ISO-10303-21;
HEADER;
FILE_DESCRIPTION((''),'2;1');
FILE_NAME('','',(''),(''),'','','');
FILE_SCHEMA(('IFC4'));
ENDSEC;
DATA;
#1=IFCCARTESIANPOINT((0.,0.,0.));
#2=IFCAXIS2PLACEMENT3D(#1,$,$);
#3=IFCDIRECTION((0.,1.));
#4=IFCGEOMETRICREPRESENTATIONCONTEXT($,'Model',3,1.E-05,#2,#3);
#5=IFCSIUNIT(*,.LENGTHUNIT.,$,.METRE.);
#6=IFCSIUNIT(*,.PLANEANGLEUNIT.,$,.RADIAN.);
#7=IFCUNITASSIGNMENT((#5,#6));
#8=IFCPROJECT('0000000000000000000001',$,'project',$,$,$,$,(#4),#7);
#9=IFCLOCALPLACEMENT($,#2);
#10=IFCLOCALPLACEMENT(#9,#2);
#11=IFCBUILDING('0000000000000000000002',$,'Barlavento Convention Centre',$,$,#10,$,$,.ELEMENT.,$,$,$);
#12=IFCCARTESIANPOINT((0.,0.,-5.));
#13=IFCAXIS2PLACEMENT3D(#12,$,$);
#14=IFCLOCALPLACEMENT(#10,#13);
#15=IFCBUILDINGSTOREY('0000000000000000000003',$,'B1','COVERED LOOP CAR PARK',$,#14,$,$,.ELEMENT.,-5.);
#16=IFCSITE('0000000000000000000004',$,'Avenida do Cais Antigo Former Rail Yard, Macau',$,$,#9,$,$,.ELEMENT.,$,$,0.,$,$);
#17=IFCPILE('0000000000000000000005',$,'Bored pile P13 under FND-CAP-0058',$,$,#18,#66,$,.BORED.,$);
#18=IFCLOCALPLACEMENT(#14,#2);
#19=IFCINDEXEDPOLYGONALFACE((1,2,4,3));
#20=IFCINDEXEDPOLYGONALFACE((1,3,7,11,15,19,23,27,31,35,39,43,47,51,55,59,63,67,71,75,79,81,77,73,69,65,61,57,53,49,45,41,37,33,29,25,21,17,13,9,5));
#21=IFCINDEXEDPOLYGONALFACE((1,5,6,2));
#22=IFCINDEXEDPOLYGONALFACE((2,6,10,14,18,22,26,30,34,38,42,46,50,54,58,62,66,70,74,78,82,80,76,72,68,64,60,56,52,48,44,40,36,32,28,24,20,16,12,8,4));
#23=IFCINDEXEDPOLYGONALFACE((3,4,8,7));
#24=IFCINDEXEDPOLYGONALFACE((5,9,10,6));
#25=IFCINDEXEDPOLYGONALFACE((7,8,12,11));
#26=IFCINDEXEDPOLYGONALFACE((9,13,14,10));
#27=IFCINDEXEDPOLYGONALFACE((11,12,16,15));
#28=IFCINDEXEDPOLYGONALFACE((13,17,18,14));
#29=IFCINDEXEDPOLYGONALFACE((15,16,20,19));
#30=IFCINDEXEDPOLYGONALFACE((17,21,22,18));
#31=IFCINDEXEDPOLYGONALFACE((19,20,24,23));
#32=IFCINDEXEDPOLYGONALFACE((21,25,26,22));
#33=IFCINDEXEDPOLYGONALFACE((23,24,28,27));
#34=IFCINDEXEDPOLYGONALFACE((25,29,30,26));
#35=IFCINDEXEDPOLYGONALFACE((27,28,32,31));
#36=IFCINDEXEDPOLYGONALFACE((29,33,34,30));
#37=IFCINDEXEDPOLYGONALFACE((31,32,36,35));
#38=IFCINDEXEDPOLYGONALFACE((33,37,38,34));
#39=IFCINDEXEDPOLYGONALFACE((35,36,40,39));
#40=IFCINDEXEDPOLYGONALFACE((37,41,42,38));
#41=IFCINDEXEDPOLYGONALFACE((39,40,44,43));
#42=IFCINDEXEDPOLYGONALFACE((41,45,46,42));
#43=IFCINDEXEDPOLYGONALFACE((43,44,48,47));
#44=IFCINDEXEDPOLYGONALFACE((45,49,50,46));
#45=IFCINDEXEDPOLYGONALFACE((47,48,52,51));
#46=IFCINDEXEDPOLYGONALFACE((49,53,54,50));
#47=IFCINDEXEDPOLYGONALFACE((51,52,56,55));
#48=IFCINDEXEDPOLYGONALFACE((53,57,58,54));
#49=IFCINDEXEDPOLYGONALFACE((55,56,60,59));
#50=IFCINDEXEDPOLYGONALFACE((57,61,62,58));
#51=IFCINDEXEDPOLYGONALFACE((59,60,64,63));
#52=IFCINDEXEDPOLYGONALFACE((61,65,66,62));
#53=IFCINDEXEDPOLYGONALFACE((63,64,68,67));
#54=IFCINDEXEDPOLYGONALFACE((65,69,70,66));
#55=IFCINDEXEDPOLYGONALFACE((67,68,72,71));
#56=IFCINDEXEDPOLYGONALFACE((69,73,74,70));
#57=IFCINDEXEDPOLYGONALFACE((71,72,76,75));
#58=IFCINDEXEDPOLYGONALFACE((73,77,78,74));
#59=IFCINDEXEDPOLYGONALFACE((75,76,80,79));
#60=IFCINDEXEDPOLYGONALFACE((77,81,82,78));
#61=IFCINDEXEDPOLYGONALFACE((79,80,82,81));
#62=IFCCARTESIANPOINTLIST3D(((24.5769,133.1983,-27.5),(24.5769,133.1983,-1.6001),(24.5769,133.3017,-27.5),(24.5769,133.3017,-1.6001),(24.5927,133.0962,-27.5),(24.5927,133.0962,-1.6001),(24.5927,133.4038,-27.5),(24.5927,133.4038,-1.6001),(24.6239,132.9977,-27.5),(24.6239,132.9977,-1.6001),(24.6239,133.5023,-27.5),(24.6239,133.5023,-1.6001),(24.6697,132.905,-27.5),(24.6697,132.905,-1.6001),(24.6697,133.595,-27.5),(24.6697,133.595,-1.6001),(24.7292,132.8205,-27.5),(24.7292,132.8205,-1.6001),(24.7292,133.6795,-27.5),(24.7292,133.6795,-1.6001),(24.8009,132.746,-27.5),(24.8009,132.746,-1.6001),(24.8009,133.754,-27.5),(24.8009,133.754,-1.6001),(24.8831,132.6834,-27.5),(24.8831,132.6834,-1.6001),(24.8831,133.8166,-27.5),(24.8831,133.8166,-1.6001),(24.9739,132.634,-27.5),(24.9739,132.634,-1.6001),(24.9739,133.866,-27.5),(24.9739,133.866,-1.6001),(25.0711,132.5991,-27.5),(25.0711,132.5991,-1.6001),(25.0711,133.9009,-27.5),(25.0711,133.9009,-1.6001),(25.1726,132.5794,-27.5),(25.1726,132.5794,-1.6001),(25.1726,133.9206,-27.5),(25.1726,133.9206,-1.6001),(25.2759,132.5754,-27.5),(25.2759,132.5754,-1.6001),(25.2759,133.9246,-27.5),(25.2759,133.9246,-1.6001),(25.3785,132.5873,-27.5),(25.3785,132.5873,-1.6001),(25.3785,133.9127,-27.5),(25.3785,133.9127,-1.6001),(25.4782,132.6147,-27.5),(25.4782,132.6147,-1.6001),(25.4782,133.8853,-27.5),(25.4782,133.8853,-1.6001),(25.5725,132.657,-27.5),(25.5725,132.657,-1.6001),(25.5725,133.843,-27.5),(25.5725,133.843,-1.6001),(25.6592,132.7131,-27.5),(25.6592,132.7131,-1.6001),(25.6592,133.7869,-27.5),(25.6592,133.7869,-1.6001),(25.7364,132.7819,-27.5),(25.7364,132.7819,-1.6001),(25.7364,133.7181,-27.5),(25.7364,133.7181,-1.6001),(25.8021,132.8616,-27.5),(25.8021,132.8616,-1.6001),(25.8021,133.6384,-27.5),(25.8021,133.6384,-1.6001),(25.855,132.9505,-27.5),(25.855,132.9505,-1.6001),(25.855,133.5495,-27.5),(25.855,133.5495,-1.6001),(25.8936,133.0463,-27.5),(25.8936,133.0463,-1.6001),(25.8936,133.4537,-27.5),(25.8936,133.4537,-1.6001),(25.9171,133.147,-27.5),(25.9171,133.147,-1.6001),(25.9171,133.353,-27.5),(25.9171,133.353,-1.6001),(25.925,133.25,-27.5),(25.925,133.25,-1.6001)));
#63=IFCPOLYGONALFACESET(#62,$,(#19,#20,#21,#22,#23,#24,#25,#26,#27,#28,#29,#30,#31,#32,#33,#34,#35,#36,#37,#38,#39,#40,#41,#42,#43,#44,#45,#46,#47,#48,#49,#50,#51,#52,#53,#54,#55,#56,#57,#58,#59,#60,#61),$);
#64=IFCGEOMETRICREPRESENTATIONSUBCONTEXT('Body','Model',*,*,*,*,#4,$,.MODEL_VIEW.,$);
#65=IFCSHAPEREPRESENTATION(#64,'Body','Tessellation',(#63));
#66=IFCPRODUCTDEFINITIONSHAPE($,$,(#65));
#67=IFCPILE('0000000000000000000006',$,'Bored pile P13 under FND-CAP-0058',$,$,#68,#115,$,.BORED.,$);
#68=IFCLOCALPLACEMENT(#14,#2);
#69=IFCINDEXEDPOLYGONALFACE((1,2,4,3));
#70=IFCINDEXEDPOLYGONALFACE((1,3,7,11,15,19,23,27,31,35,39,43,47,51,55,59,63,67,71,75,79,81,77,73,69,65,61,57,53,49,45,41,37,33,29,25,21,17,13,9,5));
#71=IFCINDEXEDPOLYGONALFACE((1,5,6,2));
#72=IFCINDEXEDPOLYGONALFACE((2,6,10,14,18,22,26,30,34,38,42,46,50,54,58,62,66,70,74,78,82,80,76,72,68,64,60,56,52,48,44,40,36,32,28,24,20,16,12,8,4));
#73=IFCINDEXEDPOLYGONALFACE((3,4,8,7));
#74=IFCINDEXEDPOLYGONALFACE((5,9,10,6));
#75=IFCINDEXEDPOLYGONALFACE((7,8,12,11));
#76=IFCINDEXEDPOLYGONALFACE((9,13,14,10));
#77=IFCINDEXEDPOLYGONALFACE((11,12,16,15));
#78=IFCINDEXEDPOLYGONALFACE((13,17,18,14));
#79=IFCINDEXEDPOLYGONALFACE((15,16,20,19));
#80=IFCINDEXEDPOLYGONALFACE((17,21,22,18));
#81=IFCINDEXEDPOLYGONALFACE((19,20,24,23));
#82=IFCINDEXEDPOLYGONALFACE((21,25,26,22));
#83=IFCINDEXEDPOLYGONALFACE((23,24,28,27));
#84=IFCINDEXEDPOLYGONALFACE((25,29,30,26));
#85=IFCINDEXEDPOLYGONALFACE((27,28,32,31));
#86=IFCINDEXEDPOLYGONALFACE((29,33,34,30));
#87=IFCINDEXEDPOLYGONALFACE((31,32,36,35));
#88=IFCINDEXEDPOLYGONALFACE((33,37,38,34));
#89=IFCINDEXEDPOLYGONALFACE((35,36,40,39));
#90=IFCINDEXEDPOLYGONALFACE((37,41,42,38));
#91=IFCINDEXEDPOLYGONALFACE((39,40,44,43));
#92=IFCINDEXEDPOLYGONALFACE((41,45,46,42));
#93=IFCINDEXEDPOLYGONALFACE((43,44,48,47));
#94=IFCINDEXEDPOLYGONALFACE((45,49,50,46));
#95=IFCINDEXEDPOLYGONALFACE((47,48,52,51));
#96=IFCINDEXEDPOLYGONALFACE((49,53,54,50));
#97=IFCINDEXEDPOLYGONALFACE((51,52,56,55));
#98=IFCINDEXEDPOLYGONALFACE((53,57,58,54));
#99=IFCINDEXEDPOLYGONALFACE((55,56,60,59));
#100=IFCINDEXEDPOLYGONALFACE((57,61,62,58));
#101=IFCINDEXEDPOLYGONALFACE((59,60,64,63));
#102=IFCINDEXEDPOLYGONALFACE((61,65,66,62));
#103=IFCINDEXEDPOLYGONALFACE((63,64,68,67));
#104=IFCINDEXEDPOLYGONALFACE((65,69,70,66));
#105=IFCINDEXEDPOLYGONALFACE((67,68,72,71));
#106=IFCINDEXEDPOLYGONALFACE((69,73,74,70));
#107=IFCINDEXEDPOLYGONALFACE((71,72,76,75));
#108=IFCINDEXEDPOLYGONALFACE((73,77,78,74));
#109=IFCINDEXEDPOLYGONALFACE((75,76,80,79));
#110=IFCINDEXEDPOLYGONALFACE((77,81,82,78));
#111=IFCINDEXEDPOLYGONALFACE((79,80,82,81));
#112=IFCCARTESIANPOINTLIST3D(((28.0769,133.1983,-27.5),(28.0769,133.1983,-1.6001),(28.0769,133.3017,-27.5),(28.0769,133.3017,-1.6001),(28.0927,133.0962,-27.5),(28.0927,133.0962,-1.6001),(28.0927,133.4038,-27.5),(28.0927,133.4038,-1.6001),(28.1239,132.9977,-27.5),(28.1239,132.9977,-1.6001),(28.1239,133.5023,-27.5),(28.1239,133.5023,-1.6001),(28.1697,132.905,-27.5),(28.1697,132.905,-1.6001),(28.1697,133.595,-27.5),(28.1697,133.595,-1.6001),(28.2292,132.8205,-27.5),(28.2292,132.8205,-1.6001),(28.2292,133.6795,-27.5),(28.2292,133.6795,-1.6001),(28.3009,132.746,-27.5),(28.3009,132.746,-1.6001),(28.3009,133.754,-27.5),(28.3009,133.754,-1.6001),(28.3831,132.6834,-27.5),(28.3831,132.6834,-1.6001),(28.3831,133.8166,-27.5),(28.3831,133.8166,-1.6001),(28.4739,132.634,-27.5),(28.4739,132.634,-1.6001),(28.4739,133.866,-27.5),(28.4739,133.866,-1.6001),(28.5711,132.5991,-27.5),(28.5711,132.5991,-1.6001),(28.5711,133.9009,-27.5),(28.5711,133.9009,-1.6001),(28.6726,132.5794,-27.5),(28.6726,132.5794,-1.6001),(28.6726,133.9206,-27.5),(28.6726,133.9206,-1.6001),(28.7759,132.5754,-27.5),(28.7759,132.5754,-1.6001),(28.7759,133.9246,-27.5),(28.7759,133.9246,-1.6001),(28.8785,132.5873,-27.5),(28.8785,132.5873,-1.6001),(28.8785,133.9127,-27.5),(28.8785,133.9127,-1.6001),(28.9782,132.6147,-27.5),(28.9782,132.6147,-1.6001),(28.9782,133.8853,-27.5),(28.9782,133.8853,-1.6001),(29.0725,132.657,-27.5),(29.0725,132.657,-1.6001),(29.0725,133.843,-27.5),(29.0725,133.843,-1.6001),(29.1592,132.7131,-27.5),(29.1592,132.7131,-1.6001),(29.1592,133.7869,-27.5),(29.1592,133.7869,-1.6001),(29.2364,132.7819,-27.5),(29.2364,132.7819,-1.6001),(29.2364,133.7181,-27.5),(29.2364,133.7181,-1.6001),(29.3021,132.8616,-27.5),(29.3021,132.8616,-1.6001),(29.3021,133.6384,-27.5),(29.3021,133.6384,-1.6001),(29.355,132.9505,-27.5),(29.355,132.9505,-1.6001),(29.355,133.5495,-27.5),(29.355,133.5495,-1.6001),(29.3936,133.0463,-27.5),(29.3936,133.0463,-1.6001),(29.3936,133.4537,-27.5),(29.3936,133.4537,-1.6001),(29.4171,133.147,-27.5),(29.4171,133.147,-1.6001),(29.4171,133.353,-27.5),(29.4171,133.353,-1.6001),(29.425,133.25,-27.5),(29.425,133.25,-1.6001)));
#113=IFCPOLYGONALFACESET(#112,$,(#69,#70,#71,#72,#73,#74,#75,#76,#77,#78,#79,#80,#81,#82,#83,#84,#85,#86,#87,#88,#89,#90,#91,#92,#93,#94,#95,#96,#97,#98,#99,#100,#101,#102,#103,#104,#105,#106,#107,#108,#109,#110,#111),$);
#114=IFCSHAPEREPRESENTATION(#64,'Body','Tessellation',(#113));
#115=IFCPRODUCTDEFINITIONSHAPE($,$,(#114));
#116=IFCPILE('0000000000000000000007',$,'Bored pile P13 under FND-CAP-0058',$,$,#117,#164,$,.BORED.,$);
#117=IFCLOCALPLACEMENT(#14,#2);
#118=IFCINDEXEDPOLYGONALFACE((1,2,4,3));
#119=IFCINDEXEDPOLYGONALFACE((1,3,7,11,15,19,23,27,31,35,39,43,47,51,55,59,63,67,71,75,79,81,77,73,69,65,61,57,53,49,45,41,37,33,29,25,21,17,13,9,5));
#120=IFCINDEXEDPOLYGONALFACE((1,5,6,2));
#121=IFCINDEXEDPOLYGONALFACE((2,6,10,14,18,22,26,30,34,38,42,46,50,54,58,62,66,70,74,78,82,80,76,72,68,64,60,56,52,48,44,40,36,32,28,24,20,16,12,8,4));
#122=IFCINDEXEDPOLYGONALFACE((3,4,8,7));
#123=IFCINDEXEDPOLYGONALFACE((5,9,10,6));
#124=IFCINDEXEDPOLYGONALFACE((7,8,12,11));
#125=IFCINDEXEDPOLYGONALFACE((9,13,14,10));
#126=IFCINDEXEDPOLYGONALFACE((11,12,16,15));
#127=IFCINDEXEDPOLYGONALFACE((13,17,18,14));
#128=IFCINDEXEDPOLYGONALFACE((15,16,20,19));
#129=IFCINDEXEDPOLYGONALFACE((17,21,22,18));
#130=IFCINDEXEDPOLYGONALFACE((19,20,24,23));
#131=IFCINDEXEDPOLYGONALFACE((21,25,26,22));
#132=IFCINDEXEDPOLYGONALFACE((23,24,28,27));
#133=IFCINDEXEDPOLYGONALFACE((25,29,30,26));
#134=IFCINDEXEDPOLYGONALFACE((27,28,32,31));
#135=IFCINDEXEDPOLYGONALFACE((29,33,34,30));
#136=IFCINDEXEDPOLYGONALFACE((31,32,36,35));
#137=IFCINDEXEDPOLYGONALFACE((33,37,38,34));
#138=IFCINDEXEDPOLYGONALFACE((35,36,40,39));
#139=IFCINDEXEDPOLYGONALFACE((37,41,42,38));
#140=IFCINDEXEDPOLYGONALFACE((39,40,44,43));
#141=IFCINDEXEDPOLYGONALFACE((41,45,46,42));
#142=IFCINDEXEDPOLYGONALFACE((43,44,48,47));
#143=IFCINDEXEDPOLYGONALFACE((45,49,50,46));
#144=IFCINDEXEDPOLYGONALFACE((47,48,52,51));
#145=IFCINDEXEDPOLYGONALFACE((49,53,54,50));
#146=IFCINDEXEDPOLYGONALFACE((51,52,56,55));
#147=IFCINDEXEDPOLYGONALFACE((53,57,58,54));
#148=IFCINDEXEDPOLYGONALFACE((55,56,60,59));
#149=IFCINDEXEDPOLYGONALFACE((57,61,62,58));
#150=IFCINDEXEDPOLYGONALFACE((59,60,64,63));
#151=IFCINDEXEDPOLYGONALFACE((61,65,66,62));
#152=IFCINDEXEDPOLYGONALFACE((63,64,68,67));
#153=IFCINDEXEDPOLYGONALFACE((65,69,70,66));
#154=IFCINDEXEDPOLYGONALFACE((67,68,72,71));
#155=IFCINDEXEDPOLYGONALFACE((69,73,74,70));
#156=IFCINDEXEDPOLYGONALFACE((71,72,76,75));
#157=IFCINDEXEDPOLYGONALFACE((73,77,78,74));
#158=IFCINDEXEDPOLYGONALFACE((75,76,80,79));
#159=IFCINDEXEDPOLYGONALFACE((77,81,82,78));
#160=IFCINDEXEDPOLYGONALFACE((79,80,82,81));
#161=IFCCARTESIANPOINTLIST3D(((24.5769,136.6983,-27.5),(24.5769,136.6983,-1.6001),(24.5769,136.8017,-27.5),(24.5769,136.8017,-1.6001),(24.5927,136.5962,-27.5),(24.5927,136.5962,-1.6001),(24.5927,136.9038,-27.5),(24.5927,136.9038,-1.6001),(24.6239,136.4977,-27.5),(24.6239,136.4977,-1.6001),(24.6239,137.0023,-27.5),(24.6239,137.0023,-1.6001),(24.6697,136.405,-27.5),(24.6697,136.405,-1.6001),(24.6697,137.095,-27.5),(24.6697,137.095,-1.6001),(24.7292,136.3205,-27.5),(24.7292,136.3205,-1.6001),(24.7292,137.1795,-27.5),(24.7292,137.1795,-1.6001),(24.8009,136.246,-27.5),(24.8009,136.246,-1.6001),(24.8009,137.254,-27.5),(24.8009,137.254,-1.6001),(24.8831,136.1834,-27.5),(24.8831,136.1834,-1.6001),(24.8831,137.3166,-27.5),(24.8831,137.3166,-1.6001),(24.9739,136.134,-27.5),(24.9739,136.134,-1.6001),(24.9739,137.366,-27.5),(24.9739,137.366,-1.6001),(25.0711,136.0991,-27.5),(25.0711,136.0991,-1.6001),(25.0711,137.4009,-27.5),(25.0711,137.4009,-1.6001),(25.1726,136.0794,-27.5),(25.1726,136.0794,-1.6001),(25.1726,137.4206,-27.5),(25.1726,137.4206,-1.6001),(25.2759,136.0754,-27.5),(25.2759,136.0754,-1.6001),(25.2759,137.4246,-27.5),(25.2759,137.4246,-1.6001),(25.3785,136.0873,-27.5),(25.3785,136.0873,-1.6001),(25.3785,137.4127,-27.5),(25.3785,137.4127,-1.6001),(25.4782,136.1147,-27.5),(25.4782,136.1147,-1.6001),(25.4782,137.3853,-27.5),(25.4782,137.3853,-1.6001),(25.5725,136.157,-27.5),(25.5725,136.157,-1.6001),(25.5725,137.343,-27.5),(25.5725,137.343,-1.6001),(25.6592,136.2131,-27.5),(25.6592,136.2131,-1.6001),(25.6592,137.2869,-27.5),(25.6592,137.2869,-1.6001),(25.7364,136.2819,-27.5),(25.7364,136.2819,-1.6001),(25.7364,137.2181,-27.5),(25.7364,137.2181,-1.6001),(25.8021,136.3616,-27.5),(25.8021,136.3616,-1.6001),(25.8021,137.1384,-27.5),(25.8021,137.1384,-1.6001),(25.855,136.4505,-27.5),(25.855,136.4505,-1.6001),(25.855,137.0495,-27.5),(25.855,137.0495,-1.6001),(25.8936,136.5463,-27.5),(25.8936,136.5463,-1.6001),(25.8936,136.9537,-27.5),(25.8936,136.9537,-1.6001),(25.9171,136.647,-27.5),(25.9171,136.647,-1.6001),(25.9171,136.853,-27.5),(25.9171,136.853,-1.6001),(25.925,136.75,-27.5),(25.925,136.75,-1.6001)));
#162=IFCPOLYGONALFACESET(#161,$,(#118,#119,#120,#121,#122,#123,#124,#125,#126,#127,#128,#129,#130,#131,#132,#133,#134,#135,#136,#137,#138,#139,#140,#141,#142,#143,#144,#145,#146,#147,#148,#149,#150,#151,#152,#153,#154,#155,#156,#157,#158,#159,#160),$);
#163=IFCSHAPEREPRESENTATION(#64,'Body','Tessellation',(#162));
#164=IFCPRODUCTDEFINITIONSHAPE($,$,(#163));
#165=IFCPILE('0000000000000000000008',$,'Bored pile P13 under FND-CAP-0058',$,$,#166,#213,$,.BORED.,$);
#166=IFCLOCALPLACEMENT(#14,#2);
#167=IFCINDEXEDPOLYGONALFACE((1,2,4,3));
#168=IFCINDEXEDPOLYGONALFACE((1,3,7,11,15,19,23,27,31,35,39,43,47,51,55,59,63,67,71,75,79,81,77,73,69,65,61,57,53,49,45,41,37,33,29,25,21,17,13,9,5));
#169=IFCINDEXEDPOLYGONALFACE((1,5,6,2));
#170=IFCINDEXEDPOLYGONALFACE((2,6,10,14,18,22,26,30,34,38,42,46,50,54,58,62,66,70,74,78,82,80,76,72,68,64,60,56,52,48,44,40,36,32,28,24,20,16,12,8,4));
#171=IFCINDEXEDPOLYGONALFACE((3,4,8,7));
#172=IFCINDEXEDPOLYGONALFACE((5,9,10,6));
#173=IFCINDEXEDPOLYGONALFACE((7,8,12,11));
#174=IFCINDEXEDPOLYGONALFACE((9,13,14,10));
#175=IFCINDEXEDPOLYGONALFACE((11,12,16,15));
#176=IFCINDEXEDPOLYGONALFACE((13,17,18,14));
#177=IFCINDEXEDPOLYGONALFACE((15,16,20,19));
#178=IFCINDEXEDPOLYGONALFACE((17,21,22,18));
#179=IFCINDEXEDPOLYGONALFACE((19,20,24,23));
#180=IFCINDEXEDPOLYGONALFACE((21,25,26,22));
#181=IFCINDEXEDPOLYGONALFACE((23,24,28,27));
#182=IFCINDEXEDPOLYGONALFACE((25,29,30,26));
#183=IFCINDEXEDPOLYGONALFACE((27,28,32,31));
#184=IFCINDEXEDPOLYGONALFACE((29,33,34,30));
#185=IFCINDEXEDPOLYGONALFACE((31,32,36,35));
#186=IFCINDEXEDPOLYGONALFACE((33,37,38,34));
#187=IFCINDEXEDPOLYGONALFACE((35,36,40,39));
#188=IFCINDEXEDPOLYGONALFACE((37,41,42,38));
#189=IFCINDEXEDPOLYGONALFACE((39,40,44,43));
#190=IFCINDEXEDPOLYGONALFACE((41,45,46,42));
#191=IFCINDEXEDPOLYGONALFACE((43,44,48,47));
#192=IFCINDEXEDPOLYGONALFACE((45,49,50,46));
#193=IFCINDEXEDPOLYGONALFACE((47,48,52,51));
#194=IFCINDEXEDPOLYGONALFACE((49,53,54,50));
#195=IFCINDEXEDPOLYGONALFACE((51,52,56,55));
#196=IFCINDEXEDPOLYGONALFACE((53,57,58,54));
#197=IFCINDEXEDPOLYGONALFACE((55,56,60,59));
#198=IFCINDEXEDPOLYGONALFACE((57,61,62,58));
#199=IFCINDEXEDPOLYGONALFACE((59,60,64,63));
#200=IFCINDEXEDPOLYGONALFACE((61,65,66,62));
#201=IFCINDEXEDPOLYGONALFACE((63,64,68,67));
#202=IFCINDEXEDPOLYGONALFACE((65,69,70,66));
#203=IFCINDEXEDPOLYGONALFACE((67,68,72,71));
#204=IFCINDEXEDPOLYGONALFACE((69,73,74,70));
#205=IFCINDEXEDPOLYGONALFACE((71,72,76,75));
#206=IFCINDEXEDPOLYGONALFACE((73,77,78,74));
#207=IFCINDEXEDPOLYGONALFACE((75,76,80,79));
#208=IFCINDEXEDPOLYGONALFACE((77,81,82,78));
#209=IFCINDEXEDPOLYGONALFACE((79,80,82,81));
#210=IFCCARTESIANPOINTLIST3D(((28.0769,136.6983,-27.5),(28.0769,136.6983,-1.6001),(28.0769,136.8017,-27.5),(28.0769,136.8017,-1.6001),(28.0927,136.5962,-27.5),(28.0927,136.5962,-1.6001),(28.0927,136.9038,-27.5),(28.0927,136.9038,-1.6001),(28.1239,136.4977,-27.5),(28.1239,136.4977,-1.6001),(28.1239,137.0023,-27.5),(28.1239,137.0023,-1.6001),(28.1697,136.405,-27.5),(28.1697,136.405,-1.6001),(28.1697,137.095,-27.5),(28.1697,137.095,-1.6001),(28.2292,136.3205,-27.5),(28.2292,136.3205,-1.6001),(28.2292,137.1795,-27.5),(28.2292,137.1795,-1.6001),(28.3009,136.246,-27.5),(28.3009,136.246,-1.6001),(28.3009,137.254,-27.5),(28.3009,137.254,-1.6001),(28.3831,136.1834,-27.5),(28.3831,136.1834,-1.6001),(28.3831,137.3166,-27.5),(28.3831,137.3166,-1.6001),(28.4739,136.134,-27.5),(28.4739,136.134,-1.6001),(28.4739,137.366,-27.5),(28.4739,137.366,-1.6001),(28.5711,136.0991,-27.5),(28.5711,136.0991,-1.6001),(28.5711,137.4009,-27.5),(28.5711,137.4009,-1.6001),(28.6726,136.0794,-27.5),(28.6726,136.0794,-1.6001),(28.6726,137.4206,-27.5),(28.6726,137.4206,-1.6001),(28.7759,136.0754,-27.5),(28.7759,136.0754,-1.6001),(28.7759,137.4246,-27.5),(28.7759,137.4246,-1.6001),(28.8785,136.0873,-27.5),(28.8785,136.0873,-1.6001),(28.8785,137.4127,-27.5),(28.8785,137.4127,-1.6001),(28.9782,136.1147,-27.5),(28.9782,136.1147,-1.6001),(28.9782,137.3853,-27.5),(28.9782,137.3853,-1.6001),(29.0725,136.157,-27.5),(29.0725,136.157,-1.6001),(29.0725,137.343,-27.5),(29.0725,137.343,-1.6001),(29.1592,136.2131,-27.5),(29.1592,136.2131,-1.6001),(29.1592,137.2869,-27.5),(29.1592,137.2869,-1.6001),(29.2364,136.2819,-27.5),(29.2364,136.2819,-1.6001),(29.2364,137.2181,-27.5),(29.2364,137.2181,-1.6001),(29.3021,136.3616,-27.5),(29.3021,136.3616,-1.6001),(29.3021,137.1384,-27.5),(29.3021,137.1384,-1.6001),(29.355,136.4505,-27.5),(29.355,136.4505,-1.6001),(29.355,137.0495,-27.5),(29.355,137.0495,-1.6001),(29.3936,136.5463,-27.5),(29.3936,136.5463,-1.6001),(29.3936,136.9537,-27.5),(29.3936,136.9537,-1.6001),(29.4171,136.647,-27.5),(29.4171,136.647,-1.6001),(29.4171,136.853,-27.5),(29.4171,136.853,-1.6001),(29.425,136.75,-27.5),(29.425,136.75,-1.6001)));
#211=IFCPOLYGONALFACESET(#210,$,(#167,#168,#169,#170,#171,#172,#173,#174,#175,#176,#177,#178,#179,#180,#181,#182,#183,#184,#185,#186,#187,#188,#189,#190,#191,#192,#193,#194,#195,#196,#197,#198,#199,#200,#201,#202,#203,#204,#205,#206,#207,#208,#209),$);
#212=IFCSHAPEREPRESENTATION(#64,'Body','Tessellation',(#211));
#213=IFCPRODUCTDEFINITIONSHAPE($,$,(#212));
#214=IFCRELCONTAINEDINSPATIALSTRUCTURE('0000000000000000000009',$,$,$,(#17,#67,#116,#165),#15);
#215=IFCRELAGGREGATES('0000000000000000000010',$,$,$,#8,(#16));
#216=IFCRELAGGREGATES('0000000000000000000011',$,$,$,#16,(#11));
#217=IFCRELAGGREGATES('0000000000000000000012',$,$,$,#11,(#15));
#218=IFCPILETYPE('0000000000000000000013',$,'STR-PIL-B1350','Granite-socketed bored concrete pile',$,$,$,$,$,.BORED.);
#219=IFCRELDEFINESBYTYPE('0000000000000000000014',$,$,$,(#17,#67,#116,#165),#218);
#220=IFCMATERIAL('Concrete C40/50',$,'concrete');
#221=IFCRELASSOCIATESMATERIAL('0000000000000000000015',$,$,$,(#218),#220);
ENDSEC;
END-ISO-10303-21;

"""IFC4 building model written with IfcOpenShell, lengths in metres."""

from ifc_helpers import new_model, si_unit, direction, frame, origin, origin_2d, place, context, subcontext, project, spatial, circle, extrude, material, material_profile, profile_set, type_object, element, save


model = new_model("IFC4")

# Units and contexts
model_context = context("Model", 3, precision=1e-05, world=origin(), true_north=direction((0.0, 1.0)))
body_context = subcontext(model_context, "Body", "Model", "MODEL_VIEW")
ifc_project = project(units=[si_unit("LENGTHUNIT", "METRE"), si_unit("PLANEANGLEUNIT", "RADIAN")], contexts=[model_context])

# Site, building, storey
site_placement = place(None, origin())
site = spatial("IfcSite", under=ifc_project, at=site_placement, Name="Avenida do Cais Antigo Former Rail Yard, Macau", CompositionType="ELEMENT", RefElevation=0.0)
building_placement = place(site_placement, origin())
building = spatial("IfcBuilding", under=site, at=building_placement, Name="Barlavento Convention Centre", CompositionType="ELEMENT")
storey_placement = place(building_placement, frame((0.0, 0.0, -5.0)))
storey = spatial("IfcBuildingStorey", under=building, at=storey_placement, Name="B1", Description="COVERED LOOP CAR PARK", CompositionType="ELEMENT", Elevation=-5.0)

# Shared definitions
ifc_material_1 = material(Name="Concrete C40/50", Category="concrete")

# Piles
ifc_material_profile_1 = material_profile(ifc_material_1, circle(Radius=0.675, at=origin_2d()), Name="BORED PILE 1350")
ifc_profile_set_1 = profile_set([ifc_material_profile_1], Name="Concrete C40/50")
pile_type_1 = type_object("IfcPileType", Name="STR-PIL-B1350", Description="Granite-socketed bored concrete pile", PredefinedType="BORED", material=ifc_profile_set_1)
for number, where, z_axis, x_axis, name in (
    (1, (25.25, 133.25, -1.6001), (0.0, 0.0, -1.0), (1.0, 0.0, 0.0), "Bored pile P13 under FND-CAP-0058"),
    (2, (28.75, 133.25, -1.6001), (0.0, 0.0, -1.0), (1.0, 0.0, 0.0), "Bored pile P13 under FND-CAP-0058"),
    (3, (25.25, 136.75, -1.6001), (0.0, 0.0, -1.0), (1.0, 0.0, 0.0), "Bored pile P13 under FND-CAP-0058"),
    (4, (28.75, 136.75, -1.6001), (0.0, 0.0, -1.0), (1.0, 0.0, 0.0), "Bored pile P13 under FND-CAP-0058"),
):
    element("IfcPile", number, at=place(storey_placement, frame(where, z_axis=z_axis, x_axis=x_axis)), inside=storey, type_object=pile_type_1, Name=name, PredefinedType="BORED", context=body_context, shape_type="SweptSolid", body=[
        extrude(circle(Radius=0.675, at=origin_2d()), origin(), (0.0, 0.0, 1.0), 25.8999),
    ])

save(model, "model.ifc")
